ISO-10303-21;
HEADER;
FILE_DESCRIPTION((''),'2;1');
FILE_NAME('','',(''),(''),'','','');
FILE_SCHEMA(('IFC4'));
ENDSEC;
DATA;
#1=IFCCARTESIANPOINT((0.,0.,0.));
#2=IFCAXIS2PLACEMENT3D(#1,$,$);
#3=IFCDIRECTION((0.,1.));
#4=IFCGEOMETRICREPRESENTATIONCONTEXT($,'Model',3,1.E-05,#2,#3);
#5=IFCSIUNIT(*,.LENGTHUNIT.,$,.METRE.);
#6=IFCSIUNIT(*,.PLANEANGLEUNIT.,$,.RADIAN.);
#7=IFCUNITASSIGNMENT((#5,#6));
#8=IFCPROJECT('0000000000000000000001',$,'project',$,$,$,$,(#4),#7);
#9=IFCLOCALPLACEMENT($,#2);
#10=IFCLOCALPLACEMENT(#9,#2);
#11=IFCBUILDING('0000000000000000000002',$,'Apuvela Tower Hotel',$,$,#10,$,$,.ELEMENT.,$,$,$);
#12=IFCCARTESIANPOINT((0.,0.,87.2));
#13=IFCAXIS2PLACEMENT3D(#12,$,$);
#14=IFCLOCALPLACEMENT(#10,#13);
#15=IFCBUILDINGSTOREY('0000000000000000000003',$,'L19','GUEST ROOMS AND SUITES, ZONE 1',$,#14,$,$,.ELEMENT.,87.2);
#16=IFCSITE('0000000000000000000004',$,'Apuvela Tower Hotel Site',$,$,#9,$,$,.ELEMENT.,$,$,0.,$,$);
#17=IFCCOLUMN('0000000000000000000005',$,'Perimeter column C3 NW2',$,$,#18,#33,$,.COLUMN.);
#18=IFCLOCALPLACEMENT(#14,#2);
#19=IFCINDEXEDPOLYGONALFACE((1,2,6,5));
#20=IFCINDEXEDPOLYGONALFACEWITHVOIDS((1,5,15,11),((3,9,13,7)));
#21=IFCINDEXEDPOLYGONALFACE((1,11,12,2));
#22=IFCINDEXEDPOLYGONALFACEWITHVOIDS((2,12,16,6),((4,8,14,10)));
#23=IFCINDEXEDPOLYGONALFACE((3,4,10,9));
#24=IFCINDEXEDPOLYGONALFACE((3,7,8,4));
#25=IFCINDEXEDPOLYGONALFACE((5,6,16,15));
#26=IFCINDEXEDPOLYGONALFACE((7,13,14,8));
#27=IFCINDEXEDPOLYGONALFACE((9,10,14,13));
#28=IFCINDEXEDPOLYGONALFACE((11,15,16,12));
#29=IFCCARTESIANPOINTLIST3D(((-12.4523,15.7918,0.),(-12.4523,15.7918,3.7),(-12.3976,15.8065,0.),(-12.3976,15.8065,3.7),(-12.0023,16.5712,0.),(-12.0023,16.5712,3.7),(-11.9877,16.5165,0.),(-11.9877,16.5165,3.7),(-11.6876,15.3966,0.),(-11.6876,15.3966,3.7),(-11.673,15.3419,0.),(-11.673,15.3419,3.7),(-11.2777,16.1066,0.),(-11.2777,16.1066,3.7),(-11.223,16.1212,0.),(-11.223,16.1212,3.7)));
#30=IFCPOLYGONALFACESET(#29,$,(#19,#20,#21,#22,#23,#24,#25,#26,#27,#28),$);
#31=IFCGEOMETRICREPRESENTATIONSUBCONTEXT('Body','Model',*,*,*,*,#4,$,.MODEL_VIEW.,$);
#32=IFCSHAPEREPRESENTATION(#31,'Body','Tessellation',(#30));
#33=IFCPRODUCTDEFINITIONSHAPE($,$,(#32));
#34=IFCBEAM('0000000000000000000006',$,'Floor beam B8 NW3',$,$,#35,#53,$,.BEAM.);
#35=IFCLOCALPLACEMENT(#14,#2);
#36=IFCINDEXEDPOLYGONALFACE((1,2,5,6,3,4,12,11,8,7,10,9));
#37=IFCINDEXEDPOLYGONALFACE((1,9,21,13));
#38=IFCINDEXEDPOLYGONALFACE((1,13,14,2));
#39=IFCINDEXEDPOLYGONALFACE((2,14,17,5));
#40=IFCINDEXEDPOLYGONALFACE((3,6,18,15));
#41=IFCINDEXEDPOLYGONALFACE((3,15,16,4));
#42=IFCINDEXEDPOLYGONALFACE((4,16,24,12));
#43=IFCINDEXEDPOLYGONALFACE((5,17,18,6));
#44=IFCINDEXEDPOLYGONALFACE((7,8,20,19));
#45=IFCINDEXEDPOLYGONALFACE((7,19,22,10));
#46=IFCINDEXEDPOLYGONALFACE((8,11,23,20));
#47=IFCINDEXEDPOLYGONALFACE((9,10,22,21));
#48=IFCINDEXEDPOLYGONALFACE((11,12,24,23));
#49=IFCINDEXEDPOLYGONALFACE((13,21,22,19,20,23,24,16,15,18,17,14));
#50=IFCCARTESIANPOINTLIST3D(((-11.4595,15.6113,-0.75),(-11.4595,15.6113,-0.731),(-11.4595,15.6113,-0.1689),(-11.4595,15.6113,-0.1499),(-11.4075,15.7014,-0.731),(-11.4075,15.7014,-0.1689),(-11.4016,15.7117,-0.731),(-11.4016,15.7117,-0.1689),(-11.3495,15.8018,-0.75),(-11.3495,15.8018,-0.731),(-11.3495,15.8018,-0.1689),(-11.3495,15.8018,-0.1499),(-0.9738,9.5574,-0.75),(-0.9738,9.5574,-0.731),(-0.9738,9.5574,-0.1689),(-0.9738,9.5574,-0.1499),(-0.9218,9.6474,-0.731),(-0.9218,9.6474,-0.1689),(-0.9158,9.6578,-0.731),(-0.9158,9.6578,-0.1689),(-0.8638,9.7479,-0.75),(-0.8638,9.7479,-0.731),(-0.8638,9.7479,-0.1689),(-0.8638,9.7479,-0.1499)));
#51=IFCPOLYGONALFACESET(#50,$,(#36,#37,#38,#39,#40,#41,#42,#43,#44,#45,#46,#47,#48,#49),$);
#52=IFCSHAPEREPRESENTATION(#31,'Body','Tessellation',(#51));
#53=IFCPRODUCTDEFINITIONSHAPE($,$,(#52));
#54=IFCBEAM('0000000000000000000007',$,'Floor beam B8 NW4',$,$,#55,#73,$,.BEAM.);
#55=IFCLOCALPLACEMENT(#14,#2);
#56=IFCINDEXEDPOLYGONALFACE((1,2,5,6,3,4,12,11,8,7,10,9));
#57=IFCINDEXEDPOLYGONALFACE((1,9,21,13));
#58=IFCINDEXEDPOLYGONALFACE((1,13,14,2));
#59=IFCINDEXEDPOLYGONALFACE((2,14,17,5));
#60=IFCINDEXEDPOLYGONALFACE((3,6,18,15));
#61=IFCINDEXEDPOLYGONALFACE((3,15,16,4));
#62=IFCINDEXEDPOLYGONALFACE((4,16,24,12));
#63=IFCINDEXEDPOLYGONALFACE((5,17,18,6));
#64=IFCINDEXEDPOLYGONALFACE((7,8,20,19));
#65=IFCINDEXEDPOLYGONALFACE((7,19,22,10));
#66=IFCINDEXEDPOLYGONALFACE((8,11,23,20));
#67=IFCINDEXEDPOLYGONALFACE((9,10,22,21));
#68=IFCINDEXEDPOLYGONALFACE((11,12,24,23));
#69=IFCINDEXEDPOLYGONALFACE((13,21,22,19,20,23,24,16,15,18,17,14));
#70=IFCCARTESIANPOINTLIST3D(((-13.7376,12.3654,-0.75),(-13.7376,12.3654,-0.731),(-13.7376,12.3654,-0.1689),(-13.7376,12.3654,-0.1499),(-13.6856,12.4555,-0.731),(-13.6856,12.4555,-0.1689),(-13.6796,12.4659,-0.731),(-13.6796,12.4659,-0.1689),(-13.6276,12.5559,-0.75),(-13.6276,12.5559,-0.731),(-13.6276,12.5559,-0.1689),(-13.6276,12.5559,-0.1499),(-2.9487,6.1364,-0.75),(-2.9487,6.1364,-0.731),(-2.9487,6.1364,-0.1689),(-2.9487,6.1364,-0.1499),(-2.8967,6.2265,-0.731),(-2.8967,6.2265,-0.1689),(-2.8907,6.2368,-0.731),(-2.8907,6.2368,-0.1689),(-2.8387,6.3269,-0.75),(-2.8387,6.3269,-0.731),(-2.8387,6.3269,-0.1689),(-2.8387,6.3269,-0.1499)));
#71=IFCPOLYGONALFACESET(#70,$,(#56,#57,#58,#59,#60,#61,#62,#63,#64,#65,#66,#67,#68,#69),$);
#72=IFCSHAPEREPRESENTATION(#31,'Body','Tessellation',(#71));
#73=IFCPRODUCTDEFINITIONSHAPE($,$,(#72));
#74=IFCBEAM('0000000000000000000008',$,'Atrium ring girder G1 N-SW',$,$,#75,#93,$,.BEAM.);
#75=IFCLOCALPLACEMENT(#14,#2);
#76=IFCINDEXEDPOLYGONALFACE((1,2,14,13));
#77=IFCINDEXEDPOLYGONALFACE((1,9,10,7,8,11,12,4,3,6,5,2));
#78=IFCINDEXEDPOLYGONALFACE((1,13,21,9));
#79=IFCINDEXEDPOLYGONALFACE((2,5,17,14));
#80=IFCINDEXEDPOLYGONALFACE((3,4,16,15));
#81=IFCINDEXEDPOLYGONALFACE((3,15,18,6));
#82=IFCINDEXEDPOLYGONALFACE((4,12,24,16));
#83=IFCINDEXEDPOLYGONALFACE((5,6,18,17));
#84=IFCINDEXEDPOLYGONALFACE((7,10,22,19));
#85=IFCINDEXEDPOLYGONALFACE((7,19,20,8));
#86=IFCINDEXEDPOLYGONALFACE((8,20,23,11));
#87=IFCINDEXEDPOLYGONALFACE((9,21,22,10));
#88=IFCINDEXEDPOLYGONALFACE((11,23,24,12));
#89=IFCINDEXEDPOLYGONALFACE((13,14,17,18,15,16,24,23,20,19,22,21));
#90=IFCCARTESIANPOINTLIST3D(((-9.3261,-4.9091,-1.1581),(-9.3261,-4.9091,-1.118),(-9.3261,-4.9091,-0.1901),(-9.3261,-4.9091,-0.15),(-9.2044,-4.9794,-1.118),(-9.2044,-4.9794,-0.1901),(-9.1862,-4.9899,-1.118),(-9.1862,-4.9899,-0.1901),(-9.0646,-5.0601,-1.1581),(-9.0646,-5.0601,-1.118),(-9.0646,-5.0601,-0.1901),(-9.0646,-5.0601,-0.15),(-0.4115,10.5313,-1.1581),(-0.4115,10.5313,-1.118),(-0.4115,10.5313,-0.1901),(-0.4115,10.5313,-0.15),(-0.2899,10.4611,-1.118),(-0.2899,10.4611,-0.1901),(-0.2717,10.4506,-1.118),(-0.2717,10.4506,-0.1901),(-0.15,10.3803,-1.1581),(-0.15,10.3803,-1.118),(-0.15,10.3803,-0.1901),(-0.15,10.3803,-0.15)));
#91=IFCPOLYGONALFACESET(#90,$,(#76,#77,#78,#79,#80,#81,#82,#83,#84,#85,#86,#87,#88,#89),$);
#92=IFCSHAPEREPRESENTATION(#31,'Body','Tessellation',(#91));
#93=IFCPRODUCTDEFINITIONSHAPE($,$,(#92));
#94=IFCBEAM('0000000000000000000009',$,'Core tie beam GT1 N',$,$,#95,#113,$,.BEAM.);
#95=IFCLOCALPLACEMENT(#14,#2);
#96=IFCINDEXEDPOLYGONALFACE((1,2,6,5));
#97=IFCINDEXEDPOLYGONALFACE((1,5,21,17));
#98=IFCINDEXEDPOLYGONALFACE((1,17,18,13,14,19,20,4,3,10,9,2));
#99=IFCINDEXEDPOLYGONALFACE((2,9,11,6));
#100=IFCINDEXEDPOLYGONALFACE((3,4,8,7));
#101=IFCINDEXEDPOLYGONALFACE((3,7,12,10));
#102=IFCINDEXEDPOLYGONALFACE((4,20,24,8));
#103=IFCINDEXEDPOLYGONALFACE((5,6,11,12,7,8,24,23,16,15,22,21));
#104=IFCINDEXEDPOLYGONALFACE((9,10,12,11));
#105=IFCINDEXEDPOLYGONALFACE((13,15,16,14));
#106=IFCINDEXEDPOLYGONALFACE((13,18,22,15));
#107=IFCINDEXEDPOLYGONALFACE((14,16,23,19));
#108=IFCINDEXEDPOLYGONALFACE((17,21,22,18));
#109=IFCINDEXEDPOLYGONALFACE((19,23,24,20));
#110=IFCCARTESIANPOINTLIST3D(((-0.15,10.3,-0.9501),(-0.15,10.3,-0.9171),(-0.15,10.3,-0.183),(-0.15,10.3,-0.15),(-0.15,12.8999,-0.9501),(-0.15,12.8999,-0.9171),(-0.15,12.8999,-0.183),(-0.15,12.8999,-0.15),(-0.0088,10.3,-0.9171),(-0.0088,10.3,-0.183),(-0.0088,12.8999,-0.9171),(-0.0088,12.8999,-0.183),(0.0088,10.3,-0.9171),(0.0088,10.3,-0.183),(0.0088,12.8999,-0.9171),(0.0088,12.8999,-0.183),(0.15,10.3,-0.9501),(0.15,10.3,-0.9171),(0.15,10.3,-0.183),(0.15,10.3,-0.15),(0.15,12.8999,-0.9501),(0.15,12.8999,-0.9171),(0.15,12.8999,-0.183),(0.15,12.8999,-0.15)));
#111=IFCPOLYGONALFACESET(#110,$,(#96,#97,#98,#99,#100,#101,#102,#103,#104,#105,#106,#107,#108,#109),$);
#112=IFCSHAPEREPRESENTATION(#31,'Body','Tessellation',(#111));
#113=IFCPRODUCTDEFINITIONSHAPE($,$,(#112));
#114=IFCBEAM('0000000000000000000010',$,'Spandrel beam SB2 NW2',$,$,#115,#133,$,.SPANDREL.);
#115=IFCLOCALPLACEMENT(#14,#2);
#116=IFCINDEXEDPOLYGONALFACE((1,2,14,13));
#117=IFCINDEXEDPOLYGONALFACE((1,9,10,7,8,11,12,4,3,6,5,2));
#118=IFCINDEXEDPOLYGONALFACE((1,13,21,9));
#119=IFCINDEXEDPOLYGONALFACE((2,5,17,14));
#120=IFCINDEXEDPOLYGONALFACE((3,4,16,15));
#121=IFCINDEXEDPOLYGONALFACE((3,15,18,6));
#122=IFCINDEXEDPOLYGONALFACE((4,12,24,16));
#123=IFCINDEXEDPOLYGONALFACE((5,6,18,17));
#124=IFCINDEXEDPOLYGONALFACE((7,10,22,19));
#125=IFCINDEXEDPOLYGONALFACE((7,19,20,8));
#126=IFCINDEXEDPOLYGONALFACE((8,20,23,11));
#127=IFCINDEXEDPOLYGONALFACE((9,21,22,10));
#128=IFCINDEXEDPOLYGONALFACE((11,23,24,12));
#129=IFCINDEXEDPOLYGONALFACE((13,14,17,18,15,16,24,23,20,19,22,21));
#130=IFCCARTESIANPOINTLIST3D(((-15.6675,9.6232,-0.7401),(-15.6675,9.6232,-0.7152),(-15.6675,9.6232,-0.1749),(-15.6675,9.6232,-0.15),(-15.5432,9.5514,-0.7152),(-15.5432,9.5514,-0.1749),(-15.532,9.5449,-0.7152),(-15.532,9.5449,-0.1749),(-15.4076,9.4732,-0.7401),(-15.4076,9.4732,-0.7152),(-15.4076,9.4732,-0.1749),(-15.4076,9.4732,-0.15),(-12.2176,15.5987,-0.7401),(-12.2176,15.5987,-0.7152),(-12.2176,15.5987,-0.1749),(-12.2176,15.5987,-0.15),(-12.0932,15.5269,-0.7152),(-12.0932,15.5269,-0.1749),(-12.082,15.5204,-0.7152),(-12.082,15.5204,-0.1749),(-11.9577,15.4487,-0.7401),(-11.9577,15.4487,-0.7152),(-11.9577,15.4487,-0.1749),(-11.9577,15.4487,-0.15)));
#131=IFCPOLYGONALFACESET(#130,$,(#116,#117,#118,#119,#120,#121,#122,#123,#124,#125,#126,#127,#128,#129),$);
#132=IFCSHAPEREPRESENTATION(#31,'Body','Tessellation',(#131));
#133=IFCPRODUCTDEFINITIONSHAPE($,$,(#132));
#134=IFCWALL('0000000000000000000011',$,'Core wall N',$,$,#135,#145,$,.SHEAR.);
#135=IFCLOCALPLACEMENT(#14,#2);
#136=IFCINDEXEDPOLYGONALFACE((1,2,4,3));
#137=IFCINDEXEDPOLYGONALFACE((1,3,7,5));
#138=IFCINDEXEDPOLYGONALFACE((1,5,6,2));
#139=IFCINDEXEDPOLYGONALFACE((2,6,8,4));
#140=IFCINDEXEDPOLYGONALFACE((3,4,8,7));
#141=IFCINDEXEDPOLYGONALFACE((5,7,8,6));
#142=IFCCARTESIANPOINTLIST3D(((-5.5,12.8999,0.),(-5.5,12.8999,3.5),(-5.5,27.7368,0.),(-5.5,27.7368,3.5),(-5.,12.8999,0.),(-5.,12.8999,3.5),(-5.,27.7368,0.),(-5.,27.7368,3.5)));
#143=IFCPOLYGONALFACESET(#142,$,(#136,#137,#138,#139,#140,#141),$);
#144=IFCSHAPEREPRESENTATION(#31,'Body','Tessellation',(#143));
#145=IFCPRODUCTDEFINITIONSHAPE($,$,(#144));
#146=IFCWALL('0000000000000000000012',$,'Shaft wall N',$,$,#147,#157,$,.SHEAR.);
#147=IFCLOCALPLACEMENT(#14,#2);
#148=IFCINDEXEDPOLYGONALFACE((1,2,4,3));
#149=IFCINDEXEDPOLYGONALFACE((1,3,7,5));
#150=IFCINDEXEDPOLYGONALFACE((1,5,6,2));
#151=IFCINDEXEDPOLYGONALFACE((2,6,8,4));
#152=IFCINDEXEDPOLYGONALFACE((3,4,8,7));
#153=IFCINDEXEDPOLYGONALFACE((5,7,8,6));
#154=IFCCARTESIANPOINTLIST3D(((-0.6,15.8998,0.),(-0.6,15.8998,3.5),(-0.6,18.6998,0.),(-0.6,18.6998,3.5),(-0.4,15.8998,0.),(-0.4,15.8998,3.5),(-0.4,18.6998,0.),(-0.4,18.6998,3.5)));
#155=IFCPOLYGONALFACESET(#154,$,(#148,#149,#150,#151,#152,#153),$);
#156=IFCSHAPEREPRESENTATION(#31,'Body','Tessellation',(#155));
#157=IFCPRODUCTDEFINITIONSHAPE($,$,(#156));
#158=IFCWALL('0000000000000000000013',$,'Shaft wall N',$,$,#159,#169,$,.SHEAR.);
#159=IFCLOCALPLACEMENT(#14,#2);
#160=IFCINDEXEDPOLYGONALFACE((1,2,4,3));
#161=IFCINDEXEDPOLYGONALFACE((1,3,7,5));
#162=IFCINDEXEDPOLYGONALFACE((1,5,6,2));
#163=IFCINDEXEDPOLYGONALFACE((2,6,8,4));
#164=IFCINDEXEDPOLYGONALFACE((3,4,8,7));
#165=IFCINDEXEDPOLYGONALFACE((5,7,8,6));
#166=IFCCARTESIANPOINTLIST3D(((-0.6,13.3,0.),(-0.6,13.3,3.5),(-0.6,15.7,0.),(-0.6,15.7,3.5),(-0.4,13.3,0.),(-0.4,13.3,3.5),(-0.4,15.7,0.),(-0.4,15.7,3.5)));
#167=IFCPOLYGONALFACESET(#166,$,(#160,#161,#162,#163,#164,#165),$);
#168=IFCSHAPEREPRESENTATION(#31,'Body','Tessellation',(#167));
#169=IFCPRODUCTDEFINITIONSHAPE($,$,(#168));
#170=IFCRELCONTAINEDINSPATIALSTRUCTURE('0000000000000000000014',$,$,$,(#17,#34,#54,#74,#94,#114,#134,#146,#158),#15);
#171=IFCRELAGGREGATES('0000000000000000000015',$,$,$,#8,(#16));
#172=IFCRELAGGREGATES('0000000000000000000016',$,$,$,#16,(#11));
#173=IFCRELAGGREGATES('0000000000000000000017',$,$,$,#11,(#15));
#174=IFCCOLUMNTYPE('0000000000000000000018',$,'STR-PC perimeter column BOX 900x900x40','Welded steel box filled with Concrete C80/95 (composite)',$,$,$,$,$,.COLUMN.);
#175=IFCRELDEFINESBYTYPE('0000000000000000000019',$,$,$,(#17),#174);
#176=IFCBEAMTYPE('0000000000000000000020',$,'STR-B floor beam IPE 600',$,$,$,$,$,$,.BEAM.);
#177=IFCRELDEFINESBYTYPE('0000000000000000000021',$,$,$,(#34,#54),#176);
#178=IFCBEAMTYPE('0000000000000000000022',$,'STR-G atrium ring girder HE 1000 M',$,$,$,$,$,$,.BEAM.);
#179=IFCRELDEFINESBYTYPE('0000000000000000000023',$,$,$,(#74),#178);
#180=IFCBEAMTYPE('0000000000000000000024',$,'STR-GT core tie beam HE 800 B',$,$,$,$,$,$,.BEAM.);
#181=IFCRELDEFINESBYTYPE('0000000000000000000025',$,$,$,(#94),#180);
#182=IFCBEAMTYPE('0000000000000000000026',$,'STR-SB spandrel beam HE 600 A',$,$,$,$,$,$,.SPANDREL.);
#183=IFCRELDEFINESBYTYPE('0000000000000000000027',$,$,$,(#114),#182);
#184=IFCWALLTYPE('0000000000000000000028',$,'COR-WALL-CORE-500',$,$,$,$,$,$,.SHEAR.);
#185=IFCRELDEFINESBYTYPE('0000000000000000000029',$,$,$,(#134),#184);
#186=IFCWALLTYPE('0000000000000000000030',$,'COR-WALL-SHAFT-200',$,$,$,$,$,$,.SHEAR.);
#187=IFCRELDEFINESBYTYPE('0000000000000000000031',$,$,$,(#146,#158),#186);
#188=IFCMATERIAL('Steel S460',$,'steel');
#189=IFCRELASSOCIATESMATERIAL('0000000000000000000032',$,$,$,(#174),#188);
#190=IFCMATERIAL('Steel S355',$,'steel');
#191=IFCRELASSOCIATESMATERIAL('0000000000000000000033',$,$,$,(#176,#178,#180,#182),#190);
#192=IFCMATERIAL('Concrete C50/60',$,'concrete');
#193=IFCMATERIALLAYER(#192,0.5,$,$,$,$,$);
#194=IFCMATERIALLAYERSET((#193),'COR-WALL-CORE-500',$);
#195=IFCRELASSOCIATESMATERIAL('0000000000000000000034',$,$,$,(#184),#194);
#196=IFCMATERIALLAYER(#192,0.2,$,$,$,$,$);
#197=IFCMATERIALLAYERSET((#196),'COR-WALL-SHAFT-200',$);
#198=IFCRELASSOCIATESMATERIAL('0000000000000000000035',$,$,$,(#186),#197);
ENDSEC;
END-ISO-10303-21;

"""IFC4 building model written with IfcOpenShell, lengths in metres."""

from ifc_helpers import new_model, si_unit, direction, frame, frame_2d, origin, origin_2d, place, context, subcontext, project, spatial, rectangle, hollow_rectangle, i_section, extrude, material, layer, layer_set, material_profile, profile_set, type_object, element, save


model = new_model("IFC4")

# Units and contexts
model_context = context("Model", 3, precision=1e-05, world=origin(), true_north=direction((0.0, 1.0)))
body_context = subcontext(model_context, "Body", "Model", "MODEL_VIEW")
ifc_project = project(units=[si_unit("LENGTHUNIT", "METRE"), si_unit("PLANEANGLEUNIT", "RADIAN")], contexts=[model_context])

# Site, building, storey
site_placement = place(None, origin())
site = spatial("IfcSite", under=ifc_project, at=site_placement, Name="Apuvela Tower Hotel Site", CompositionType="ELEMENT", RefElevation=0.0)
building_placement = place(site_placement, origin())
building = spatial("IfcBuilding", under=site, at=building_placement, Name="Apuvela Tower Hotel", CompositionType="ELEMENT")
storey_placement = place(building_placement, frame((0.0, 0.0, 87.2)))
storey = spatial("IfcBuildingStorey", under=building, at=storey_placement, Name="L19", Description="GUEST ROOMS AND SUITES, ZONE 1", CompositionType="ELEMENT", Elevation=87.2)

# Column
ifc_material_1 = material(Name="Steel S460", Category="steel")
ifc_material_profile_1 = material_profile(ifc_material_1, hollow_rectangle(XDim=0.8999, YDim=0.8999, WallThickness=0.04, at=origin_2d()), Name="BOX 900x900x40")
ifc_material_2 = material(Name="Concrete C80/95", Category="concrete")
ifc_material_profile_2 = material_profile(ifc_material_2, rectangle(XDim=0.8201, YDim=0.8201, at=origin_2d()), Name="Concrete C80/95 infill")
ifc_profile_set_1 = profile_set([ifc_material_profile_1, ifc_material_profile_2], Name="Steel S460")
column_type = type_object("IfcColumnType", Name="STR-PC perimeter column BOX 900x900x40", Description="Welded steel box filled with Concrete C80/95 (composite)", PredefinedType="COLUMN", material=ifc_profile_set_1)
column_placement = place(storey_placement, frame((-11.8376, 15.9565, 0.0), z_axis=(0.0, 0.0, 1.0), x_axis=(0.5, 0.866025, 0.0)))
element("IfcColumn", 1, at=column_placement, inside=storey, type_object=column_type, Name="Perimeter column C3 NW2", PredefinedType="COLUMN", context=body_context, shape_type="SweptSolid", body=[
    extrude(hollow_rectangle(XDim=0.8999, YDim=0.8999, WallThickness=0.04, at=origin_2d()), origin(), (0.0, 0.0, 1.0), 3.7),
])

# Beams
ifc_material_3 = material(Name="Steel S355", Category="steel")
ifc_material_profile_3 = material_profile(ifc_material_3, i_section(OverallWidth=0.22, OverallDepth=0.6001, WebThickness=0.012, FlangeThickness=0.019, at=origin_2d()), Name="IPE 600")
ifc_profile_set_2 = profile_set([ifc_material_profile_3], Name="Steel S355")
beam_type_1 = type_object("IfcBeamType", Name="STR-B floor beam IPE 600", PredefinedType="BEAM", material=ifc_profile_set_2)
beam_1_placement = place(storey_placement, frame((-11.4045, 15.7065, -0.45), z_axis=(0.866027, -0.499997, 0.0), x_axis=(0.499997, 0.866027, 0.0)))
element("IfcBeam", 2, at=beam_1_placement, inside=storey, type_object=beam_type_1, Name="Floor beam B8 NW3", PredefinedType="BEAM", context=body_context, shape_type="SweptSolid", body=[
    extrude(i_section(OverallWidth=0.22, OverallDepth=0.6001, WebThickness=0.012, FlangeThickness=0.019, at=origin_2d()), origin(), (0.0, 0.0, 1.0), 12.1079),
])
beam_2_placement = place(storey_placement, frame((-13.6826, 12.4607, -0.45), z_axis=(0.866023, -0.500005, 0.0), x_axis=(0.500005, 0.866023, 0.0)))
element("IfcBeam", 3, at=beam_2_placement, inside=storey, type_object=beam_type_1, Name="Floor beam B8 NW4", PredefinedType="BEAM", context=body_context, shape_type="SweptSolid", body=[
    extrude(i_section(OverallWidth=0.22, OverallDepth=0.6001, WebThickness=0.012, FlangeThickness=0.019, at=origin_2d()), origin(), (0.0, 0.0, 1.0), 12.458),
])
ifc_material_profile_4 = material_profile(ifc_material_3, i_section(OverallWidth=0.302, OverallDepth=1.0081, WebThickness=0.021, FlangeThickness=0.04, at=origin_2d()), Name="HE 1000 M")
ifc_profile_set_3 = profile_set([ifc_material_profile_4], Name="Steel S355")
beam_type_2 = type_object("IfcBeamType", Name="STR-G atrium ring girder HE 1000 M", PredefinedType="BEAM", material=ifc_profile_set_3)
beam_3_placement = place(storey_placement, frame((-0.2808, 10.4558, -0.6541), z_axis=(-0.500001, -0.866025, 0.0), x_axis=(0.866025, -0.500001, 0.0)))
element("IfcBeam", 4, at=beam_3_placement, inside=storey, type_object=beam_type_2, Name="Atrium ring girder G1 N-SW", PredefinedType="BEAM", context=body_context, shape_type="SweptSolid", body=[
    extrude(i_section(OverallWidth=0.302, OverallDepth=1.0081, WebThickness=0.021, FlangeThickness=0.04, at=origin_2d()), origin(), (0.0, 0.0, 1.0), 17.8291),
])
ifc_material_profile_5 = material_profile(ifc_material_3, i_section(OverallWidth=0.3, OverallDepth=0.8, WebThickness=0.0176, FlangeThickness=0.033, at=origin_2d()), Name="HE 800 B")
ifc_profile_set_4 = profile_set([ifc_material_profile_5], Name="Steel S355")
beam_type_3 = type_object("IfcBeamType", Name="STR-GT core tie beam HE 800 B", PredefinedType="BEAM", material=ifc_profile_set_4)
beam_4_placement = place(storey_placement, frame((0.0, 12.8999, -0.55), z_axis=(0.0, -1.0, 0.0), x_axis=(1.0, 0.0, 0.0)))
element("IfcBeam", 5, at=beam_4_placement, inside=storey, type_object=beam_type_3, Name="Core tie beam GT1 N", PredefinedType="BEAM", context=body_context, shape_type="SweptSolid", body=[
    extrude(i_section(OverallWidth=0.3, OverallDepth=0.8, WebThickness=0.0176, FlangeThickness=0.033, at=origin_2d()), origin(), (0.0, 0.0, 1.0), 2.5999),
])
ifc_material_profile_6 = material_profile(ifc_material_3, i_section(OverallWidth=0.3, OverallDepth=0.5901, WebThickness=0.0129, FlangeThickness=0.0249, at=origin_2d()), Name="HE 600 A")
ifc_profile_set_5 = profile_set([ifc_material_profile_6], Name="Steel S355")
beam_type_4 = type_object("IfcBeamType", Name="STR-SB spandrel beam HE 600 A", PredefinedType="SPANDREL", material=ifc_profile_set_5)
beam_5_placement = place(storey_placement, frame((-12.0876, 15.5237, -0.4451), z_axis=(-0.499994, -0.866029, 0.0), x_axis=(0.866029, -0.499994, 0.0)))
element("IfcBeam", 6, at=beam_5_placement, inside=storey, type_object=beam_type_4, Name="Spandrel beam SB2 NW2", PredefinedType="SPANDREL", context=body_context, shape_type="SweptSolid", body=[
    extrude(i_section(OverallWidth=0.3, OverallDepth=0.5901, WebThickness=0.0129, FlangeThickness=0.0249, at=origin_2d()), origin(), (0.0, 0.0, 1.0), 6.8999),
])

# Walls
ifc_material_4 = material(Name="Concrete C50/60", Category="concrete")
ifc_layer_1 = layer(ifc_material_4, 0.5)
ifc_layer_set_1 = layer_set([ifc_layer_1], Name="COR-WALL-CORE-500")
wall_type_1 = type_object("IfcWallType", Name="COR-WALL-CORE-500", PredefinedType="SHEAR", material=ifc_layer_set_1)
wall_1_placement = place(storey_placement, frame((-5.25, 12.8999, 0.0), z_axis=(0.0, 0.0, 1.0), x_axis=(0.0, 1.0, 0.0)))
element("IfcWall", 7, at=wall_1_placement, inside=storey, type_object=wall_type_1, Name="Core wall N", PredefinedType="SHEAR", context=body_context, shape_type="SweptSolid", body=[
    extrude(rectangle(XDim=14.8369, YDim=0.5, at=frame_2d((7.4185, 0.0))), origin(), (0.0, 0.0, 1.0), 3.5),
])
ifc_layer_2 = layer(ifc_material_4, 0.2)
ifc_layer_set_2 = layer_set([ifc_layer_2], Name="COR-WALL-SHAFT-200")
wall_type_2 = type_object("IfcWallType", Name="COR-WALL-SHAFT-200", PredefinedType="SHEAR", material=ifc_layer_set_2)
wall_2_placement = place(storey_placement, frame((-0.5, 15.8999, 0.0), z_axis=(0.0, 0.0, 1.0), x_axis=(0.0, 1.0, 0.0)))
element("IfcWall", 8, at=wall_2_placement, inside=storey, type_object=wall_type_2, Name="Shaft wall N", PredefinedType="SHEAR", context=body_context, shape_type="SweptSolid", body=[
    extrude(rectangle(XDim=2.8, YDim=0.2, at=frame_2d((1.3999, 0.0))), origin(), (0.0, 0.0, 1.0), 3.5),
])
wall_3_placement = place(storey_placement, frame((-0.5, 13.3, 0.0), z_axis=(0.0, 0.0, 1.0), x_axis=(0.0, 1.0, 0.0)))
element("IfcWall", 9, at=wall_3_placement, inside=storey, type_object=wall_type_2, Name="Shaft wall N", PredefinedType="SHEAR", context=body_context, shape_type="SweptSolid", body=[
    extrude(rectangle(XDim=2.3999, YDim=0.2, at=frame_2d((1.2, 0.0))), origin(), (0.0, 0.0, 1.0), 3.5),
])

save(model, "model.ifc")
